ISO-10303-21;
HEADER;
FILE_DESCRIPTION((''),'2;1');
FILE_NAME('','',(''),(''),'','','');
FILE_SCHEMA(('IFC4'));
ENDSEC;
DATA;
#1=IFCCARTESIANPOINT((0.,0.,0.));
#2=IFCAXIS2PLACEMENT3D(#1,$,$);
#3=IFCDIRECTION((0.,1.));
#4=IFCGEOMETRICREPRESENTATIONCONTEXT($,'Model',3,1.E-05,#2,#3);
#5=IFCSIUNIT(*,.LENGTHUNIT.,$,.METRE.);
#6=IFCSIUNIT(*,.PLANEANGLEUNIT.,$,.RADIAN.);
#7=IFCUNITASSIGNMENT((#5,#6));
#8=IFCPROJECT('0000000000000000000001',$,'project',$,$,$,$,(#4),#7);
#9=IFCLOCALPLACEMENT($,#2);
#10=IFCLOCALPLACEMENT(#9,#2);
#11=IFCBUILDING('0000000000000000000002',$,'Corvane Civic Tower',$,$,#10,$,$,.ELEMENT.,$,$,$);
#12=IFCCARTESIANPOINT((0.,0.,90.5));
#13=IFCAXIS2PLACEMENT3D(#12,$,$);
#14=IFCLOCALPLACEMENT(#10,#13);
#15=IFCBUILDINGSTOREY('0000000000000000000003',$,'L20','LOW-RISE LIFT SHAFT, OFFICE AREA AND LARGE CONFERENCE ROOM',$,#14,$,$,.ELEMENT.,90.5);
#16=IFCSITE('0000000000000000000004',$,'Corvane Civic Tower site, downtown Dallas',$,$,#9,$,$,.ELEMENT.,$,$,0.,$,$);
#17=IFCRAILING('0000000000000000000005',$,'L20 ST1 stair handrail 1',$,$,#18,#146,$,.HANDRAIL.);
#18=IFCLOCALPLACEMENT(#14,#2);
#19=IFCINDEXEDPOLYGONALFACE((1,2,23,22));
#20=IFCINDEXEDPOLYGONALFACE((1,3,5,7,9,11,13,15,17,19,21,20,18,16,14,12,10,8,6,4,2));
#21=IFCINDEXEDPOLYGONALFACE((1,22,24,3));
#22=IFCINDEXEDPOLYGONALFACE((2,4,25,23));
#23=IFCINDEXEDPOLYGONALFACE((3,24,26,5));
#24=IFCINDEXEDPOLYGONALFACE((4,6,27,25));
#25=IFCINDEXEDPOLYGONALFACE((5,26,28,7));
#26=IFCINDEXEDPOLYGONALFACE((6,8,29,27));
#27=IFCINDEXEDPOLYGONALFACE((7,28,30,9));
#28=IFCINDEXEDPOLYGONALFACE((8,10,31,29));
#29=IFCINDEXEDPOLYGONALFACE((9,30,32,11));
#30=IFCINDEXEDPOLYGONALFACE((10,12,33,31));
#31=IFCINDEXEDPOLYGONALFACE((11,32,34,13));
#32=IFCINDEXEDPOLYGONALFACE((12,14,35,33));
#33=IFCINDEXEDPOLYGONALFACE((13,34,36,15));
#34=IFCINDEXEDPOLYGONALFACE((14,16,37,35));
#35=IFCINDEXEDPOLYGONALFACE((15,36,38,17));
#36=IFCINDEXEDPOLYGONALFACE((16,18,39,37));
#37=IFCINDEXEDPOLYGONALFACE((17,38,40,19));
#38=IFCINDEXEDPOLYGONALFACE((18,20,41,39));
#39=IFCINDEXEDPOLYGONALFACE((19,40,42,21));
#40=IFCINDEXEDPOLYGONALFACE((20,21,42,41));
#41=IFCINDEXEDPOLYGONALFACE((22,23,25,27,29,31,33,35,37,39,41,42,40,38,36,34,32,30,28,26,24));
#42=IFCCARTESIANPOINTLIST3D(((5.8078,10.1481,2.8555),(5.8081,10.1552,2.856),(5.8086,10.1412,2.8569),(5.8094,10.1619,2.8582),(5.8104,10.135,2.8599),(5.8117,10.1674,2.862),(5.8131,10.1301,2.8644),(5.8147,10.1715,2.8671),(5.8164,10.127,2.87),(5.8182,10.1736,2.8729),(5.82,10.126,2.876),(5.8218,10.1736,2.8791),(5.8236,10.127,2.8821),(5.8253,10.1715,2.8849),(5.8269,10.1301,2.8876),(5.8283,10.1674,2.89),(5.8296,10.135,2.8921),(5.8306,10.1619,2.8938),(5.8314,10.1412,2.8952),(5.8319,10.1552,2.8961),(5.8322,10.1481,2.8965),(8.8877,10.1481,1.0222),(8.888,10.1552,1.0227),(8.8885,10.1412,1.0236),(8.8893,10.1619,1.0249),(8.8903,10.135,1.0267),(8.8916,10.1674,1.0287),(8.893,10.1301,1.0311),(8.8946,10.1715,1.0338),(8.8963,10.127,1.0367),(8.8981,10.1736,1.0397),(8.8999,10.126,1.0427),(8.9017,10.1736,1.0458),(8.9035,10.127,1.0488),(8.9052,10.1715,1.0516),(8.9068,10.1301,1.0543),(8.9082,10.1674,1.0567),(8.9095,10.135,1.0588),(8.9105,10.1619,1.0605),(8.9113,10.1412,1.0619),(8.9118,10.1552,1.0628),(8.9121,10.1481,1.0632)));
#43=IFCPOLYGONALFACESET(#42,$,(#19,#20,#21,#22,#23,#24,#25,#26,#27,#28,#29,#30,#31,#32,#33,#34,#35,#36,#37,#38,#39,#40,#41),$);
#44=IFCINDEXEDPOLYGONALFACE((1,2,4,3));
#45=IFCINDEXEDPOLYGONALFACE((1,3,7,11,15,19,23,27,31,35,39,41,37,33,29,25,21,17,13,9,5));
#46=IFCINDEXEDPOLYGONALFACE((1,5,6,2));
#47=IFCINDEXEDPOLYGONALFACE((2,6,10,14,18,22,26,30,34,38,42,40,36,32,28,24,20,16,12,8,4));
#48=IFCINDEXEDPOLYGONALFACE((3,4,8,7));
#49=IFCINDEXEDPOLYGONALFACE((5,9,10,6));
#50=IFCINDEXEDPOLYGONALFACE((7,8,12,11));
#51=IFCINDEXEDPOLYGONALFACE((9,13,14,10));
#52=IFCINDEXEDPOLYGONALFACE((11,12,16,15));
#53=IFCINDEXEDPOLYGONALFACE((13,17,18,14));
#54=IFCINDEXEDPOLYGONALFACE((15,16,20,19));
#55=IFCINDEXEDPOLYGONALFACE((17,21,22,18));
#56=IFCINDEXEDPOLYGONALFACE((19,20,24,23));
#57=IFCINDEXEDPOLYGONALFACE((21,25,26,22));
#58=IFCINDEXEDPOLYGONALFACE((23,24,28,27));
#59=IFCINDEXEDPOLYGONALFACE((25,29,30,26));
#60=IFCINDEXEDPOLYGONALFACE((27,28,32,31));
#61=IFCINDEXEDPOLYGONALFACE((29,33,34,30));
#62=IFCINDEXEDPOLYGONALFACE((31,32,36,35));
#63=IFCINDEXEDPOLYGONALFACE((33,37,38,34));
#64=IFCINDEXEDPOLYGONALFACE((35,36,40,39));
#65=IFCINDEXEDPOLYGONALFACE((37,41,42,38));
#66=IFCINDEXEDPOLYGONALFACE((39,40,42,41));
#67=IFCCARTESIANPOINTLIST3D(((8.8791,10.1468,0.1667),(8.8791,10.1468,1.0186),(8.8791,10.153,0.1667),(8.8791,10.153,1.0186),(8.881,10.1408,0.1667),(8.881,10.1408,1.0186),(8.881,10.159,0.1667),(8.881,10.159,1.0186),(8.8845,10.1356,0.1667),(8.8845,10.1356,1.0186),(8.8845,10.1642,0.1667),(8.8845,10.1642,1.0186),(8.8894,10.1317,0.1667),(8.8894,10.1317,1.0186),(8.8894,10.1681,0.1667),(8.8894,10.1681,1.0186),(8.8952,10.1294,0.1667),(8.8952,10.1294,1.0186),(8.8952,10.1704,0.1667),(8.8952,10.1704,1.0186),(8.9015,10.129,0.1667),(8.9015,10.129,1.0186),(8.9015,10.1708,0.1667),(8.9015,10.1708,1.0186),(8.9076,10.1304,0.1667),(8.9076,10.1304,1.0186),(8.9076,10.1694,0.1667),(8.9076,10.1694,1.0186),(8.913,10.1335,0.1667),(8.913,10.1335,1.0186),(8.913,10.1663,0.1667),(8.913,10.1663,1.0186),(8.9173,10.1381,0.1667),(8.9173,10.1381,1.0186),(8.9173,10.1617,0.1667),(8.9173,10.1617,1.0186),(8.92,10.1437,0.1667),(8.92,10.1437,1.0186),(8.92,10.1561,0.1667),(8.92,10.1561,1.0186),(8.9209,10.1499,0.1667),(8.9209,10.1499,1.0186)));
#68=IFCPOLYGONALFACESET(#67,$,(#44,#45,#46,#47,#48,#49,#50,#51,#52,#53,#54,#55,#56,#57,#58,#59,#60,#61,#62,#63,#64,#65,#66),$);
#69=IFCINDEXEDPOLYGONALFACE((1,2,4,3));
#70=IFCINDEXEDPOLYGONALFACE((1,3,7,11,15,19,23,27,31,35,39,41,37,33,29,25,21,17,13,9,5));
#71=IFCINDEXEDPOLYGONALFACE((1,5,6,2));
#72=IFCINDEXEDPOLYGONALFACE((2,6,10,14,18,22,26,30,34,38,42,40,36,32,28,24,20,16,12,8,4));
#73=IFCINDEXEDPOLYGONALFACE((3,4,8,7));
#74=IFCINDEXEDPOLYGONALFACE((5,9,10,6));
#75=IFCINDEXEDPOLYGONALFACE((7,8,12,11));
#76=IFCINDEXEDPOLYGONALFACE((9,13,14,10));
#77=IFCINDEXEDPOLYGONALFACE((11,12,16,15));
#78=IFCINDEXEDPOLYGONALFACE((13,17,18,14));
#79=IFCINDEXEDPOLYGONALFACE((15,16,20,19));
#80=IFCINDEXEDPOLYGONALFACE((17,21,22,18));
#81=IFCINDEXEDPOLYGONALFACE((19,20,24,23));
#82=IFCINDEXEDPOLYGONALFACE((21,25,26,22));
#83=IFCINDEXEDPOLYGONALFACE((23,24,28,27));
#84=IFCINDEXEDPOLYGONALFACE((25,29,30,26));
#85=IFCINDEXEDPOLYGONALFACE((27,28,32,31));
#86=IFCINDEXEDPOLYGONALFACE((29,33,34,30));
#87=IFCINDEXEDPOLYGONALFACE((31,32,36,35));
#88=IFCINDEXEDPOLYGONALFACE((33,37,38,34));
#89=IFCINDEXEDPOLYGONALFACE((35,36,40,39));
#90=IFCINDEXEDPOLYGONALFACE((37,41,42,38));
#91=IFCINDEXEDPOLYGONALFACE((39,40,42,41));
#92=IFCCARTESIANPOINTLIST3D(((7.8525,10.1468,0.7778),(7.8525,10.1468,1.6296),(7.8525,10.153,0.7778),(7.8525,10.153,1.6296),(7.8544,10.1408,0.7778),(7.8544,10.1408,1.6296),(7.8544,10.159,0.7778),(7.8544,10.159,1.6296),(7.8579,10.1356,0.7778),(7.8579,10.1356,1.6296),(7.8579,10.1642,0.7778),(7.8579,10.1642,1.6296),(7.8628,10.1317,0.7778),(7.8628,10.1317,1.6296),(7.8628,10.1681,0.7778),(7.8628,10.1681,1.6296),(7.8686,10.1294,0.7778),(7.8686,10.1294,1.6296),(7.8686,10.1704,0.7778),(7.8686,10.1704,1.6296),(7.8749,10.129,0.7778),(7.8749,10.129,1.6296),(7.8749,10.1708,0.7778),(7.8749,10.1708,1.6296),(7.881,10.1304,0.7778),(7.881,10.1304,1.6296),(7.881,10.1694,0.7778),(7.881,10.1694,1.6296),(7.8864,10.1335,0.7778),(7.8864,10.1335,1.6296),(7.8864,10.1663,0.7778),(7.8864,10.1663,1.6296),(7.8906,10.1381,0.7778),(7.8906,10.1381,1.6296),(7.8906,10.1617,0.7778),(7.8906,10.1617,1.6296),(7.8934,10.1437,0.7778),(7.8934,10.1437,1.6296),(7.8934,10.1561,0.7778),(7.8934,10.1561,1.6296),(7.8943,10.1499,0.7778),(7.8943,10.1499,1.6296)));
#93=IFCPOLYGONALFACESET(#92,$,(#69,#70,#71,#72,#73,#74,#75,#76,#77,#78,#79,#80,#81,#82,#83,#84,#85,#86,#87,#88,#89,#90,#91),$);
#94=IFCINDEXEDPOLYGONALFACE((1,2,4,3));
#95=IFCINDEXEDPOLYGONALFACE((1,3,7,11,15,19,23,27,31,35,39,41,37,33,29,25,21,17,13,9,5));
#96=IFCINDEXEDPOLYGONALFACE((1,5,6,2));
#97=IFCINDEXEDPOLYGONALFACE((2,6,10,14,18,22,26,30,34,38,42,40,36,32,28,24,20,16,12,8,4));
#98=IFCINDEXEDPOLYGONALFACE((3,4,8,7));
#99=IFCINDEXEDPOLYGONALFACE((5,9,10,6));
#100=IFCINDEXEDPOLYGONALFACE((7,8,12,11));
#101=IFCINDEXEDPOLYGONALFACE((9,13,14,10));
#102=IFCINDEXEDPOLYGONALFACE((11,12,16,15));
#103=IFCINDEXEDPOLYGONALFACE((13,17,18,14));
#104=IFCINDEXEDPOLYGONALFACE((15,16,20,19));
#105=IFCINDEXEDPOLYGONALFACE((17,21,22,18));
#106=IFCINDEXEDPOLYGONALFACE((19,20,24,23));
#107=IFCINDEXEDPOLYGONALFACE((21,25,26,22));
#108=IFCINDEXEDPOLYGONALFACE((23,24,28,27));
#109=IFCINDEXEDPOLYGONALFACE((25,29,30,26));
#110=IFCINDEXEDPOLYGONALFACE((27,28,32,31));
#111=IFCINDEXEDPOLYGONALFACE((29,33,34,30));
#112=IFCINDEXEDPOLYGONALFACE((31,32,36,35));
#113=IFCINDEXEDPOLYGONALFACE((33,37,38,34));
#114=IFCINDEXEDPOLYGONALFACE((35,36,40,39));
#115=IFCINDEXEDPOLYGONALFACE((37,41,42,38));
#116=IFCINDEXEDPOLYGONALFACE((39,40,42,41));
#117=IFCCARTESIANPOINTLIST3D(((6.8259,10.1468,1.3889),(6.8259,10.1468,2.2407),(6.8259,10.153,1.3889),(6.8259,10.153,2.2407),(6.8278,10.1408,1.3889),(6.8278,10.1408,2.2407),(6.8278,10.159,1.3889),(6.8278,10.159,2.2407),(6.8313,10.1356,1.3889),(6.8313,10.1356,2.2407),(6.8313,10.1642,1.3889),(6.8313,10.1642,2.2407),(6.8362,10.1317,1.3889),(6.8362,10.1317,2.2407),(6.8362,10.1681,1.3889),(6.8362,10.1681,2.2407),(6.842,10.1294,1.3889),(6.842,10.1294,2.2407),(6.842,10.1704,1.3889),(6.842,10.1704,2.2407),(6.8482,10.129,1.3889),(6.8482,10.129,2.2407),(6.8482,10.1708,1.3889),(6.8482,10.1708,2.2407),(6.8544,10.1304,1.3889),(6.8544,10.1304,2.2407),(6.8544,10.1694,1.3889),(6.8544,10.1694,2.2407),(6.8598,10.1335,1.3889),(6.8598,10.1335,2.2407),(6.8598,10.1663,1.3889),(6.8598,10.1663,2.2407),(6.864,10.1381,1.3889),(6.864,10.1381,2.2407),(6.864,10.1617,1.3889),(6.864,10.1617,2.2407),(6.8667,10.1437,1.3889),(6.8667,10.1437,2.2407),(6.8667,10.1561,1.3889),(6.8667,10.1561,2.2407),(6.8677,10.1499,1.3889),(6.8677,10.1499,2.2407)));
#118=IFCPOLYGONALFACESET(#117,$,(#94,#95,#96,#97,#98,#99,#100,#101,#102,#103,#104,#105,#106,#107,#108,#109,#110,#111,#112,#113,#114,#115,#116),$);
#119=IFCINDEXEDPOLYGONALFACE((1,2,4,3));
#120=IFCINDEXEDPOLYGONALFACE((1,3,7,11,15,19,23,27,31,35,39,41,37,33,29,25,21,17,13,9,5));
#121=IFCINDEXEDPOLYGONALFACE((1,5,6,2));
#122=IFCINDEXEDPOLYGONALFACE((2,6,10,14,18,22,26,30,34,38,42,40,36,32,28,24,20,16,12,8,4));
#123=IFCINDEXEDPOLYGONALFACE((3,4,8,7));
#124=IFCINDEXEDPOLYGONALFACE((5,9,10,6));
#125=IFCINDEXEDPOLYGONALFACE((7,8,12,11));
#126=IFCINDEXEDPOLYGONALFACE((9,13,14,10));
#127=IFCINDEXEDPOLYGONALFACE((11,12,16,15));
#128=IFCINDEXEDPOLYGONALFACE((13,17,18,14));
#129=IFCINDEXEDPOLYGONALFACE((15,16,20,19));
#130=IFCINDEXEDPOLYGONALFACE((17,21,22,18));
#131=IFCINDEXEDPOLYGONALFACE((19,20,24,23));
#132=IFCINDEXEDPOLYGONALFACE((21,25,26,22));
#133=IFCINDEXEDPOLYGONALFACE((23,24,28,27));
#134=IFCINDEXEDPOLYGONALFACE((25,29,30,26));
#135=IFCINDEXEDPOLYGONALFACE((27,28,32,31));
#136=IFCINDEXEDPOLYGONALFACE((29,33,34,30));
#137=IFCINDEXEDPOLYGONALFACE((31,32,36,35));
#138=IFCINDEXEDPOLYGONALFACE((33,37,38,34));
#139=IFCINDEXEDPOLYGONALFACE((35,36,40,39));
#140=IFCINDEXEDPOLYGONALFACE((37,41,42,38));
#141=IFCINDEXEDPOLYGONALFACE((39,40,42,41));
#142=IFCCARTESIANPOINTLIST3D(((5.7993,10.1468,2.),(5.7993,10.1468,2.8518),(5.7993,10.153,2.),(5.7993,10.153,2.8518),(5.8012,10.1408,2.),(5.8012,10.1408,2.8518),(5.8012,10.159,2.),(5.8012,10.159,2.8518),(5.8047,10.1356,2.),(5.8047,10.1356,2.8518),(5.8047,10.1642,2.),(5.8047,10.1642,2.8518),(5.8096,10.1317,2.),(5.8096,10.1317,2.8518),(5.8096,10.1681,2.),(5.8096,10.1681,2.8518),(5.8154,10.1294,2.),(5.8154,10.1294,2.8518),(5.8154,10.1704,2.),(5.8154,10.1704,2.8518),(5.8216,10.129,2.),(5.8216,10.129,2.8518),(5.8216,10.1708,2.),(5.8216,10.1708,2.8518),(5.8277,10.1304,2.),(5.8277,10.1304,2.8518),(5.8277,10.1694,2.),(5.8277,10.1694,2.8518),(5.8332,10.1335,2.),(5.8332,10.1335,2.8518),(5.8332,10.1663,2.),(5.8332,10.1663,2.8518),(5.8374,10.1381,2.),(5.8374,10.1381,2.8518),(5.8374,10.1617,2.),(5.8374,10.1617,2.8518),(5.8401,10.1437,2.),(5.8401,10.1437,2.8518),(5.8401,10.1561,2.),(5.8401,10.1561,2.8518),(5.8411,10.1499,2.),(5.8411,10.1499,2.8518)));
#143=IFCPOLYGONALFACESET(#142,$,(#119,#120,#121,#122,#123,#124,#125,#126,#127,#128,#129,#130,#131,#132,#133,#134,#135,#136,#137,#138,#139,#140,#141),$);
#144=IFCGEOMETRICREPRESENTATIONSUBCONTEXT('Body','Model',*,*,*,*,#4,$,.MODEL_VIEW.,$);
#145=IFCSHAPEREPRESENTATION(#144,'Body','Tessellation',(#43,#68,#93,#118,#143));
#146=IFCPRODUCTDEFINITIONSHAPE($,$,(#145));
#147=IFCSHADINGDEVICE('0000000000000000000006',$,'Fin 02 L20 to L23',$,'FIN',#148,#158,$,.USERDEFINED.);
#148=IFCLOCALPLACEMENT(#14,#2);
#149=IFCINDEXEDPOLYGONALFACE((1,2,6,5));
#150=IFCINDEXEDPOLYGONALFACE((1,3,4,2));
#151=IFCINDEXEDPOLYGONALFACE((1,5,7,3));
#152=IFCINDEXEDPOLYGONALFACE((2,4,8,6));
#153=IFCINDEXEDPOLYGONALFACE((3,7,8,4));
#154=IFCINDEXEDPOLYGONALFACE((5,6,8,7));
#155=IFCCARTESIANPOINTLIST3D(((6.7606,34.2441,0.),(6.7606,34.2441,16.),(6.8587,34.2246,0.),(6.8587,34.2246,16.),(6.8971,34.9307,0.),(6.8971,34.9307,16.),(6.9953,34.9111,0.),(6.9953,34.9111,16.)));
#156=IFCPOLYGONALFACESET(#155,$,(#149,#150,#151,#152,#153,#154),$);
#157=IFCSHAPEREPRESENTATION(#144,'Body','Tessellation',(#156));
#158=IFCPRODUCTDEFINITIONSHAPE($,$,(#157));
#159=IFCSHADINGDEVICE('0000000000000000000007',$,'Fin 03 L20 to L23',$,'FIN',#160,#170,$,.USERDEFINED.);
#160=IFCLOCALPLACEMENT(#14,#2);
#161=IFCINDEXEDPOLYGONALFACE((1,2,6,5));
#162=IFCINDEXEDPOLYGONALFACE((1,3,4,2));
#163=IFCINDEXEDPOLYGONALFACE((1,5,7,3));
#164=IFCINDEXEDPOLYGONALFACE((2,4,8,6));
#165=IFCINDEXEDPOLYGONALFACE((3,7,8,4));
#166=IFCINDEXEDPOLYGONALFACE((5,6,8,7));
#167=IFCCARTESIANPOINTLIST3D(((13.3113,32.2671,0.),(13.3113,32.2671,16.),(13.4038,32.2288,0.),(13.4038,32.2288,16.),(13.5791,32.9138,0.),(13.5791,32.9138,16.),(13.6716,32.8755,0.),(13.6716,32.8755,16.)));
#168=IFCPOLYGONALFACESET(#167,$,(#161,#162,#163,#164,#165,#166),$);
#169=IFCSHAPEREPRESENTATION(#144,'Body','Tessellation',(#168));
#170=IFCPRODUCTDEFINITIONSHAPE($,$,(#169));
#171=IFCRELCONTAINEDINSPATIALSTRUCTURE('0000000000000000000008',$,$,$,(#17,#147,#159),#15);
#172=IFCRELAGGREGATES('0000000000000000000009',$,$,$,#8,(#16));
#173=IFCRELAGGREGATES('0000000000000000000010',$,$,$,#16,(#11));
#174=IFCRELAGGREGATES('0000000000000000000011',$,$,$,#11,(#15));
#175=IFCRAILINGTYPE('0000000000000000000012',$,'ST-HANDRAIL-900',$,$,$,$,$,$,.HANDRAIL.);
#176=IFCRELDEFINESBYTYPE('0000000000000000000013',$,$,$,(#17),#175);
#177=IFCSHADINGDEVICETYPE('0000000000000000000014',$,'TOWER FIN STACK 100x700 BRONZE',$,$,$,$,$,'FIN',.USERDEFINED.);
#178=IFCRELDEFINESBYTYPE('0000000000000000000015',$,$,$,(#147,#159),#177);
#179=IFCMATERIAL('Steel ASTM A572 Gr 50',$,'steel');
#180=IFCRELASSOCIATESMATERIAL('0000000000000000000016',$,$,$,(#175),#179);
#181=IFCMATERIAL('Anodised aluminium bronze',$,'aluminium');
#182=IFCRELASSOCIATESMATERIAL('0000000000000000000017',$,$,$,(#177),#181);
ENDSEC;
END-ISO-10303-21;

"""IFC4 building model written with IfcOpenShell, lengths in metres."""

from ifc_helpers import new_model, si_unit, direction, frame, origin, origin_2d, place, context, subcontext, project, spatial, rectangle, circle, extrude, material, material_profile, profile_set, type_object, element, save


model = new_model("IFC4")

# Units and contexts
model_context = context("Model", 3, precision=1e-05, world=origin(), true_north=direction((0.0, 1.0)))
body_context = subcontext(model_context, "Body", "Model", "MODEL_VIEW")
ifc_project = project(units=[si_unit("LENGTHUNIT", "METRE"), si_unit("PLANEANGLEUNIT", "RADIAN")], contexts=[model_context])

# Site, building, storey
site_placement = place(None, origin())
site = spatial("IfcSite", under=ifc_project, at=site_placement, Name="Corvane Civic Tower site, downtown Dallas", CompositionType="ELEMENT", RefElevation=0.0)
building_placement = place(site_placement, origin())
building = spatial("IfcBuilding", under=site, at=building_placement, Name="Corvane Civic Tower", CompositionType="ELEMENT")
storey_placement = place(building_placement, frame((0.0, 0.0, 90.5)))
storey = spatial("IfcBuildingStorey", under=building, at=storey_placement, Name="L20", Description="LOW-RISE LIFT SHAFT, OFFICE AREA AND LARGE CONFERENCE ROOM", CompositionType="ELEMENT", Elevation=90.5)

# Railing
ifc_material_1 = material(Name="Steel ASTM A572 Gr 50", Category="steel")
railing_type = type_object("IfcRailingType", Name="ST-HANDRAIL-900", PredefinedType="HANDRAIL", material=ifc_material_1)
railing_placement = place(storey_placement, frame((8.8999, 10.1499, 0.1667)))
element("IfcRailing", 1, at=railing_placement, inside=storey, type_object=railing_type, Name="L20 ST1 stair handrail 1", PredefinedType="HANDRAIL", context=body_context, shape_type="SweptSolid", body=[
    extrude(circle(Radius=0.0239, at=origin_2d()), frame((0.0, 0.0, 0.876), z_axis=(-0.859291, 0.0, 0.511487), x_axis=(0.0, -1.0, 0.0)), (0.0, 0.0, 1.0), 3.5842),
    extrude(circle(Radius=0.021, at=origin_2d()), origin(), (0.0, 0.0, 1.0), 0.8518),
    extrude(circle(Radius=0.021, at=origin_2d()), frame((-1.0266, 0.0, 0.6111)), (0.0, 0.0, 1.0), 0.8518),
    extrude(circle(Radius=0.021, at=origin_2d()), frame((-2.0532, 0.0, 1.2222)), (0.0, 0.0, 1.0), 0.8518),
    extrude(circle(Radius=0.021, at=origin_2d()), frame((-3.0798, 0.0, 1.8333)), (0.0, 0.0, 1.0), 0.8518),
])

# Shading devices
ifc_material_2 = material(Name="Anodised aluminium bronze", Category="aluminium")
ifc_material_profile_1 = material_profile(ifc_material_2, rectangle(XDim=0.1001, YDim=0.7, at=origin_2d()), Name="TOWER FIN STACK 100x700 BRONZE")
ifc_profile_set_1 = profile_set([ifc_material_profile_1], Name="Anodised aluminium bronze")
shading_device_type = type_object("IfcShadingDeviceType", Name="TOWER FIN STACK 100x700 BRONZE", ElementType="FIN", PredefinedType="USERDEFINED", material=ifc_profile_set_1)
for number, where, z_axis, x_axis, name in (
    (2, (6.8779, 34.5776, 0.0), (0.0, 0.0, 1.0), (0.980785, -0.19509, 0.0), "Fin 02 L20 to L23"),
    (3, (13.4915, 32.5713, 0.0), (0.0, 0.0, 1.0), (0.92388, -0.382683, 0.0), "Fin 03 L20 to L23"),
):
    element("IfcShadingDevice", number, at=place(storey_placement, frame(where, z_axis=z_axis, x_axis=x_axis)), inside=storey, type_object=shading_device_type, Name=name, ObjectType="FIN", PredefinedType="USERDEFINED", context=body_context, shape_type="SweptSolid", body=[
        extrude(rectangle(XDim=0.1001, YDim=0.7, at=origin_2d()), origin(), (0.0, 0.0, 1.0), 16.0),
    ])

save(model, "model.ifc")
